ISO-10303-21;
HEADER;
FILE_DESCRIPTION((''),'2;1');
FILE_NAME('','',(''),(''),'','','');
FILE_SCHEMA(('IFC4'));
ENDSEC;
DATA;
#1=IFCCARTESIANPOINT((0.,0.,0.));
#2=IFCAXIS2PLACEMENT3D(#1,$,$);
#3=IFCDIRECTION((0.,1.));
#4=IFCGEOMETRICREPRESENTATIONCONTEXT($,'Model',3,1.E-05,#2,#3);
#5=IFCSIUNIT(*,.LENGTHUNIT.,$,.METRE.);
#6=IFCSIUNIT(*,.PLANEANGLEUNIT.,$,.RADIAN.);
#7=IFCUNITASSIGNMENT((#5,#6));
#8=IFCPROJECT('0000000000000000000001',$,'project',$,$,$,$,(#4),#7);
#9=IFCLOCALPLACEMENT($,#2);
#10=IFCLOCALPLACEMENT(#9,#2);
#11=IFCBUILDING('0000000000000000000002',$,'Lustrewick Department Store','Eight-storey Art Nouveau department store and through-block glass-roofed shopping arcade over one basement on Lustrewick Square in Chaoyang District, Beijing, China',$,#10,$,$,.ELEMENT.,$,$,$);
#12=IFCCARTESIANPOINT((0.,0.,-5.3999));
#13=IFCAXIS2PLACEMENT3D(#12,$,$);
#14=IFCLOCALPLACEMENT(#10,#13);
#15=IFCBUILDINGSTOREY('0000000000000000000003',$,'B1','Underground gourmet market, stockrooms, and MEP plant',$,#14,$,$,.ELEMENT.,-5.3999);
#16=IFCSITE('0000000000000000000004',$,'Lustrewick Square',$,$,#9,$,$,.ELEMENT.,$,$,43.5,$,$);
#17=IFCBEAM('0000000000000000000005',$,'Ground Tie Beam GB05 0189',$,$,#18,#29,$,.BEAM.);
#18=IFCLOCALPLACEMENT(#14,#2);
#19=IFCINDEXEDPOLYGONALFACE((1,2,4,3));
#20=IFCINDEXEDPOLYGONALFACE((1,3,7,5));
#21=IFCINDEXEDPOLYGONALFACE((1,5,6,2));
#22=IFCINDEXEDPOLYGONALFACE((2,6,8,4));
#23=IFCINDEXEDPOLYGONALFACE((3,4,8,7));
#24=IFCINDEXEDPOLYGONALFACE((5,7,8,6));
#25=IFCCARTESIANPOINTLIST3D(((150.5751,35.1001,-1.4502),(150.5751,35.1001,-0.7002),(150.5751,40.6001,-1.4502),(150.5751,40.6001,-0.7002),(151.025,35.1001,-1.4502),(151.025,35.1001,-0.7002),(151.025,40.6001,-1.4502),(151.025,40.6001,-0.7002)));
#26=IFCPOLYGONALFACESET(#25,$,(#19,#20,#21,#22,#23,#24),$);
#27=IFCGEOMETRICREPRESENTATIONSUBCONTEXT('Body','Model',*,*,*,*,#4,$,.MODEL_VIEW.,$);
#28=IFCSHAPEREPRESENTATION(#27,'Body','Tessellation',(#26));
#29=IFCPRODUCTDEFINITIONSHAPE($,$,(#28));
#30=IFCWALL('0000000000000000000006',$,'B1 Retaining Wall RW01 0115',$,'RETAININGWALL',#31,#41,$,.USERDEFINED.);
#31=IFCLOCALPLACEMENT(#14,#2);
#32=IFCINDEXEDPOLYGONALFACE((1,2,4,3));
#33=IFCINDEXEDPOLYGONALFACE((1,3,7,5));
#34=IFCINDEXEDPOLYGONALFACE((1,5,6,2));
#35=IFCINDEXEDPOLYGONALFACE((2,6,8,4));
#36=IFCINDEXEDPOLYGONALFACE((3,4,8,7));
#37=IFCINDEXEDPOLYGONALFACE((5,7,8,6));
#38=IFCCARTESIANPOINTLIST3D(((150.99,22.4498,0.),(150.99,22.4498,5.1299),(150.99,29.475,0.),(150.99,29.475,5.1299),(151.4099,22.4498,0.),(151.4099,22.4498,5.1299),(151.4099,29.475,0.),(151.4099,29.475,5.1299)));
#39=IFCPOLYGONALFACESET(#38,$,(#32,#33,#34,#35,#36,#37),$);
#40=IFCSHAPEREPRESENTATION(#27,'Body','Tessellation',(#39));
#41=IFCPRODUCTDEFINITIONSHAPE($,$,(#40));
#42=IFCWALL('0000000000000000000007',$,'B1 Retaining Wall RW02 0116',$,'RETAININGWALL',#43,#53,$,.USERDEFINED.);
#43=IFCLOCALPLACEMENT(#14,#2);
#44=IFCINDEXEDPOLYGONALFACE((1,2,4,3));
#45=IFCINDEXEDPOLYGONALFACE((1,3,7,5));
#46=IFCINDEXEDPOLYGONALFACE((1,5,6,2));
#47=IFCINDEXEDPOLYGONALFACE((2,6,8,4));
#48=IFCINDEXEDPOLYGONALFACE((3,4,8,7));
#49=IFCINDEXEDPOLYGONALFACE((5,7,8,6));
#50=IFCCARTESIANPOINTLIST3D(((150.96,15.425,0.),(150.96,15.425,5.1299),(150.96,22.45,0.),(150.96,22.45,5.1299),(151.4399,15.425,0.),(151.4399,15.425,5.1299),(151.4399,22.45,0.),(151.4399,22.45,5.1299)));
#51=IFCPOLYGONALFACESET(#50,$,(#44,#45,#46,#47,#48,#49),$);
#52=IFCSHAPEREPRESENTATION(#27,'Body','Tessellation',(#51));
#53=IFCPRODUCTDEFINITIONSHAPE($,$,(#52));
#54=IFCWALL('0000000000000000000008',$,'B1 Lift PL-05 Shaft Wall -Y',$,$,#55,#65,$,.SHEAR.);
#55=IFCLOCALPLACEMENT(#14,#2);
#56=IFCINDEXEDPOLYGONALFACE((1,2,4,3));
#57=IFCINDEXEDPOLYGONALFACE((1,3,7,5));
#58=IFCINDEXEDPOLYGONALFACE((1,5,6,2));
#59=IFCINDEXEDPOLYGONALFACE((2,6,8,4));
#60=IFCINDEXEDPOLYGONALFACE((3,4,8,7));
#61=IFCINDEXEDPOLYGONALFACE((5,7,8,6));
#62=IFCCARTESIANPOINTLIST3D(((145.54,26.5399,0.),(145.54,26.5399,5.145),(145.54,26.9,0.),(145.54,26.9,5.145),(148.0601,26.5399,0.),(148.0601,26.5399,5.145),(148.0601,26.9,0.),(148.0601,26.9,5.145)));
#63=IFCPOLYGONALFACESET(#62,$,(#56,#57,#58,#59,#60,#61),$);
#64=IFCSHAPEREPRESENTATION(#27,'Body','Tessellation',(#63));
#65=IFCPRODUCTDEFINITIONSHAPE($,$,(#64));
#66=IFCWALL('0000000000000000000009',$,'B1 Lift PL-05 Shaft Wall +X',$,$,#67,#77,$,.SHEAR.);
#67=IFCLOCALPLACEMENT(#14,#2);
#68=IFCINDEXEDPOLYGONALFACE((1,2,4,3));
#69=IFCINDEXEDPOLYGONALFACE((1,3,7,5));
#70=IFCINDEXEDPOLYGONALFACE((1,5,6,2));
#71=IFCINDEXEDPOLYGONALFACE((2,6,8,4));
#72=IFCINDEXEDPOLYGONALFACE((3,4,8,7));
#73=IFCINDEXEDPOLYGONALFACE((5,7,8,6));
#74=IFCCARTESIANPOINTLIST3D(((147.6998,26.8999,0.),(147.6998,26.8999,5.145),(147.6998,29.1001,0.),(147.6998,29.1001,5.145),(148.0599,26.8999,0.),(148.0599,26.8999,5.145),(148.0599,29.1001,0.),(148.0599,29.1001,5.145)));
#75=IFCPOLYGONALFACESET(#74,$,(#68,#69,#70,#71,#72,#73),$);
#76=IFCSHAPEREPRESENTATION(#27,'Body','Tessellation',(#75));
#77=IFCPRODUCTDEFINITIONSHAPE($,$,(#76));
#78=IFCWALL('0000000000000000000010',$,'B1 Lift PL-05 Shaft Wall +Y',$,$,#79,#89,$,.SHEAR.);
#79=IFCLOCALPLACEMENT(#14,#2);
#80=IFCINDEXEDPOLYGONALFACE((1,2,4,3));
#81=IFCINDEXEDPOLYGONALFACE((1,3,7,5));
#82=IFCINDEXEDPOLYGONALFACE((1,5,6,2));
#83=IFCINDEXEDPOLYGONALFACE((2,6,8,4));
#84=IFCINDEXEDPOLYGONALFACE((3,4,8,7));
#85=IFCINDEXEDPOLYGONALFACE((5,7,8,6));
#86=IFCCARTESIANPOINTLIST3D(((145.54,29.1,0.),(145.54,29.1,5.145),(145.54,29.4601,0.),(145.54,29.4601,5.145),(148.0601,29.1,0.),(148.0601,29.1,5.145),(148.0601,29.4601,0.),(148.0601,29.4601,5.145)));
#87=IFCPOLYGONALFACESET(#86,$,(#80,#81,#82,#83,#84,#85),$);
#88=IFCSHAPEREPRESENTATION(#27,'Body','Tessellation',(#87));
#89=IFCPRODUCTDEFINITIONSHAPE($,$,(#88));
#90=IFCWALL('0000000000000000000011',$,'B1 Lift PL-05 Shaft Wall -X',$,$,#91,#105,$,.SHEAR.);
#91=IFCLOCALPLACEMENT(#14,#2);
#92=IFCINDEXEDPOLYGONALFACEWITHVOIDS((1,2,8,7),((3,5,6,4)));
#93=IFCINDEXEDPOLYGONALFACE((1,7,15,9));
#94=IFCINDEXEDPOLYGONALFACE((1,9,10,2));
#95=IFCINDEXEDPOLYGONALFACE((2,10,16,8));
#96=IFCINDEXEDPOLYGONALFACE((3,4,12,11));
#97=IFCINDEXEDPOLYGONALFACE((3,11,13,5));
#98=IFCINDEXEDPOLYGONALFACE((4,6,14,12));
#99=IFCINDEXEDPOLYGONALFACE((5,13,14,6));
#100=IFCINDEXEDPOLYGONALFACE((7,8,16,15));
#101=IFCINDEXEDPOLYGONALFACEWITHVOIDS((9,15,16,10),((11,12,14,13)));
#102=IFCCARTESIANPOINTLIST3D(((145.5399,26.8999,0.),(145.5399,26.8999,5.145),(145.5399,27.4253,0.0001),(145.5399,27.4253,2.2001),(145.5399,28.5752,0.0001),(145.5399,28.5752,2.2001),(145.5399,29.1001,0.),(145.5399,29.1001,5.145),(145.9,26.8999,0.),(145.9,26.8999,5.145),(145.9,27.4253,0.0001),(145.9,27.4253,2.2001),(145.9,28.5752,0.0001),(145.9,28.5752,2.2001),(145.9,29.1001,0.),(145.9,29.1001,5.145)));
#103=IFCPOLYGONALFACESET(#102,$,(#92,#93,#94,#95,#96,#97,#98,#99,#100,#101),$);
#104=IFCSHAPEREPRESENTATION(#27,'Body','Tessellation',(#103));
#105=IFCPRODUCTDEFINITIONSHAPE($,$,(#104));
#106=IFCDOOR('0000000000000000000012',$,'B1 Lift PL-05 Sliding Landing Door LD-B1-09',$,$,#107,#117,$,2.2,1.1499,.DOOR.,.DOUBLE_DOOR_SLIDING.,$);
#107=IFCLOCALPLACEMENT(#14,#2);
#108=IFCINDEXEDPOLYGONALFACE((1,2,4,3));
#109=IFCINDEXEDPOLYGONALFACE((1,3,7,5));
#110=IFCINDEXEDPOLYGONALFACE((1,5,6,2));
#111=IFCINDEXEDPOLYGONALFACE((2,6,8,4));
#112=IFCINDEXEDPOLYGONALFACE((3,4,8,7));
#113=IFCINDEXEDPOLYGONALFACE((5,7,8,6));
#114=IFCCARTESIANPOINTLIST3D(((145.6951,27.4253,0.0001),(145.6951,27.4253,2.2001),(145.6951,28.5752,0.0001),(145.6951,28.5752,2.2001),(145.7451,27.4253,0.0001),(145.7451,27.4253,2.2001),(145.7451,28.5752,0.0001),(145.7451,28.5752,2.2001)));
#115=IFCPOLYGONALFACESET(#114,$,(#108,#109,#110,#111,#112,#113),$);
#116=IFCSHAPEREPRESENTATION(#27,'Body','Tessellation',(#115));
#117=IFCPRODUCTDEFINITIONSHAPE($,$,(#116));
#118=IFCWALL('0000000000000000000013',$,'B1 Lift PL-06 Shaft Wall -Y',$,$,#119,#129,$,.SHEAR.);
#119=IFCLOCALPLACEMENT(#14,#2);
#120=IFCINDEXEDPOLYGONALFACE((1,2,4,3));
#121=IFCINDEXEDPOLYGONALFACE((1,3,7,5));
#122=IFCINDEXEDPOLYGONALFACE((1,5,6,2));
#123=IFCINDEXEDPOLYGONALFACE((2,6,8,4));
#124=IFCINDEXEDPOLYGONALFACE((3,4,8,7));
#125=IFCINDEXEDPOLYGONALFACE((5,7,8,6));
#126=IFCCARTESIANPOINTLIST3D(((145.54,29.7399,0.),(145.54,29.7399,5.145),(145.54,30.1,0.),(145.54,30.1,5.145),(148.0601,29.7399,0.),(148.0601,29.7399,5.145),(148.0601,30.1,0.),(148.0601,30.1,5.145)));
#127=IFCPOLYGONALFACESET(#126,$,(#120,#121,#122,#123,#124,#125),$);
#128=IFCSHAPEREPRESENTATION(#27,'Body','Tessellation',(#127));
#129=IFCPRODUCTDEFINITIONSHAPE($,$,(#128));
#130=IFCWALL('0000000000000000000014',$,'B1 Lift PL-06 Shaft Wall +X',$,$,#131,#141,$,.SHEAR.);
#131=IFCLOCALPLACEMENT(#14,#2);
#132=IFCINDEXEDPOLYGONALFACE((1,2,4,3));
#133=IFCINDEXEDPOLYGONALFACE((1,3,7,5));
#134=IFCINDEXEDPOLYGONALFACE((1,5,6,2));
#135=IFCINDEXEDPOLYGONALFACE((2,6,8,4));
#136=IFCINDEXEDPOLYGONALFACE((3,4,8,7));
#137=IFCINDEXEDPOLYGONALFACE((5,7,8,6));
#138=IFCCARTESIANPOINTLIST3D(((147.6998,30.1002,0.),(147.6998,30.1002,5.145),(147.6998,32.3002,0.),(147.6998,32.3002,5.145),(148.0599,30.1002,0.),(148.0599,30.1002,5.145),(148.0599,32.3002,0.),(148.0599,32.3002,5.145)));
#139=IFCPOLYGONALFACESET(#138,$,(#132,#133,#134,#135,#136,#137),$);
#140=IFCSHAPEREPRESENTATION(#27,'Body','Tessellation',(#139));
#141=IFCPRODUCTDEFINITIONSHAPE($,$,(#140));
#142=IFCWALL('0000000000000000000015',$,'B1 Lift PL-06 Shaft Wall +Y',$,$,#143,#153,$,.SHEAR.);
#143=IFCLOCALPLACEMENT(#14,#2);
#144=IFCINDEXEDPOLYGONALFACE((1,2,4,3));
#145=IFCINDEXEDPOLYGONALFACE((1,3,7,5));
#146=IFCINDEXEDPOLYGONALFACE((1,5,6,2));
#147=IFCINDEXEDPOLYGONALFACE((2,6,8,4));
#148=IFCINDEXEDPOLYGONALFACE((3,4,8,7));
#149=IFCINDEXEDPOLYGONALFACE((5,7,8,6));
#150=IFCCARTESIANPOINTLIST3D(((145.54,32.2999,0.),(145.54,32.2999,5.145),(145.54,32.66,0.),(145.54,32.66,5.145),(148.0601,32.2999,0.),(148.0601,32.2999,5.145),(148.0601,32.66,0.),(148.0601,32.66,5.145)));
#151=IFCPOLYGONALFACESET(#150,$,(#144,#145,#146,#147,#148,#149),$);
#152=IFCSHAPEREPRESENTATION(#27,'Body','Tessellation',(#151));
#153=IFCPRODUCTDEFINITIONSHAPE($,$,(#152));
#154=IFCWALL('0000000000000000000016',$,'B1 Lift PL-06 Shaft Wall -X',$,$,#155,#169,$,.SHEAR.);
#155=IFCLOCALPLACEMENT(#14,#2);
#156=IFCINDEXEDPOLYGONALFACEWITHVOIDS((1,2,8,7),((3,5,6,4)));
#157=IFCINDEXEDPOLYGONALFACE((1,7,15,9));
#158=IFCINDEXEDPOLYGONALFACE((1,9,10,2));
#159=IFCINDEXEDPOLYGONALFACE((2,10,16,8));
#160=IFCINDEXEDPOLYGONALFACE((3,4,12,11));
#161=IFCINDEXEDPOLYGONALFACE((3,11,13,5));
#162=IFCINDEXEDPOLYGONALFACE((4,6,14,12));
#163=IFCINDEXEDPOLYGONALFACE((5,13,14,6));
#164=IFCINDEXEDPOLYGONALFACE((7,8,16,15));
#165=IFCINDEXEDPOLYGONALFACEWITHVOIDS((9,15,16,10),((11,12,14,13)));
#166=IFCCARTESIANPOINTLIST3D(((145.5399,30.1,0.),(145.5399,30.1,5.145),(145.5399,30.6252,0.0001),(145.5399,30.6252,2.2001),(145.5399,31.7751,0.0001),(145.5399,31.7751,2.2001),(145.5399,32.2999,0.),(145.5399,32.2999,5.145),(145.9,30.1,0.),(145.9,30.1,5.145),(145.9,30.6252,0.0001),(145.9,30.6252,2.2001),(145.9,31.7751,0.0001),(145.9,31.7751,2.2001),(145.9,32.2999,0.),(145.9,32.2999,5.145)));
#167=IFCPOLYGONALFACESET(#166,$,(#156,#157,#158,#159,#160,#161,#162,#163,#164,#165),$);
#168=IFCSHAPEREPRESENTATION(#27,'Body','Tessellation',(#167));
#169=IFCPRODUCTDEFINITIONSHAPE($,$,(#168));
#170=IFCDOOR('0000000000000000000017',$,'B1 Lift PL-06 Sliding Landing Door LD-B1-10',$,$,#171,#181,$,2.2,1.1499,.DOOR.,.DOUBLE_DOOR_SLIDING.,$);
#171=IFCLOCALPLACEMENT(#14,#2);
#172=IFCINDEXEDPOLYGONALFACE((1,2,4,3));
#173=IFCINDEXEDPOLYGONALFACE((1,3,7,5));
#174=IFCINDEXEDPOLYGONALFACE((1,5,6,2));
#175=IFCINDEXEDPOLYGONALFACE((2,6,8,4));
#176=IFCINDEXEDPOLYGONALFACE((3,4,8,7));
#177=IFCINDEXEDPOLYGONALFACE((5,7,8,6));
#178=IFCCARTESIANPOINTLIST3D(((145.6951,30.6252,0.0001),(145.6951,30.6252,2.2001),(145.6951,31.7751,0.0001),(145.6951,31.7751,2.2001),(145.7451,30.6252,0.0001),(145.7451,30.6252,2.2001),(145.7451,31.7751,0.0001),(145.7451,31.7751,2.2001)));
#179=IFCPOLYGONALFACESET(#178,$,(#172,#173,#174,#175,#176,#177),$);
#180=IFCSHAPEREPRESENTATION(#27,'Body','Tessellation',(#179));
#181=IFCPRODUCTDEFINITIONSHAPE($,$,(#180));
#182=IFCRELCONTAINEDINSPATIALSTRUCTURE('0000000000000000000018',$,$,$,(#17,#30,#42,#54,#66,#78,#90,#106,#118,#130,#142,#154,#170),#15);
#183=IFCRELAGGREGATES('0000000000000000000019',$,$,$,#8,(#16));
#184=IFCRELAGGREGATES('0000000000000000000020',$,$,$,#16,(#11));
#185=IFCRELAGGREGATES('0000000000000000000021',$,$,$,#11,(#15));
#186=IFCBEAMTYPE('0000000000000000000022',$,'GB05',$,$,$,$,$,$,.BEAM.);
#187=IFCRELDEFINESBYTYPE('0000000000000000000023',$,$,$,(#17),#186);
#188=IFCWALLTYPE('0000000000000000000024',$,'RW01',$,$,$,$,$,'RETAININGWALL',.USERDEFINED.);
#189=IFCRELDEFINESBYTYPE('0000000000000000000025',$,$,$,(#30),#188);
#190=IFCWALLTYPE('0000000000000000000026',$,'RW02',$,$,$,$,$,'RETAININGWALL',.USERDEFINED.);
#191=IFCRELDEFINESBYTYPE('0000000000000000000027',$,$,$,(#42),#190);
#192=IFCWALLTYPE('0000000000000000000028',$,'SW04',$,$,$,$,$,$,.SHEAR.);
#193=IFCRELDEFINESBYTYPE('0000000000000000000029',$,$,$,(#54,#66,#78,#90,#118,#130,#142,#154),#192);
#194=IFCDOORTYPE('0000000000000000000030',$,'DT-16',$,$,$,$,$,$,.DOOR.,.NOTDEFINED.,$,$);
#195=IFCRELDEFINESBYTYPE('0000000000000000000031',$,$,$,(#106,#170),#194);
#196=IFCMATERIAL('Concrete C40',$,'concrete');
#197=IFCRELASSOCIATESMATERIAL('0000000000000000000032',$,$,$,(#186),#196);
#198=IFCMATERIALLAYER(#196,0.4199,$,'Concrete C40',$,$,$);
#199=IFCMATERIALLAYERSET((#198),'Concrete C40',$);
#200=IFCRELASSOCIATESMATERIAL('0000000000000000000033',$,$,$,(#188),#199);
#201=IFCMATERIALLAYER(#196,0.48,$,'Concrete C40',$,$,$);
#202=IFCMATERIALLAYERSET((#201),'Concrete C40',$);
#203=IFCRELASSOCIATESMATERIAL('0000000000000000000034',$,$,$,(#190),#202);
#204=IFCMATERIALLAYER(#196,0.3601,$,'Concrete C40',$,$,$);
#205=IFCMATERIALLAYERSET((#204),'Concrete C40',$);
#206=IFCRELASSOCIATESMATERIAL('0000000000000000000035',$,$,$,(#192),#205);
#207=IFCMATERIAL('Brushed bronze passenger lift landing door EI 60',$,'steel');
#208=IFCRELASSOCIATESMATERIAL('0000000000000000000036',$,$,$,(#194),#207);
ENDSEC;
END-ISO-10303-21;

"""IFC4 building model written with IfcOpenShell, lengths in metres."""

from ifc_helpers import new_model, si_unit, direction, frame, frame_2d, origin, origin_2d, place, context, subcontext, project, spatial, rectangle, extrude, material, layer, layer_set, material_profile, profile_set, type_object, element, fill, save


model = new_model("IFC4")

# Units and contexts
model_context = context("Model", 3, precision=1e-05, world=origin(), true_north=direction((0.0, 1.0)))
body_context = subcontext(model_context, "Body", "Model", "MODEL_VIEW")
ifc_project = project(units=[si_unit("LENGTHUNIT", "METRE"), si_unit("PLANEANGLEUNIT", "RADIAN")], contexts=[model_context])

# Site, building, storey
site_placement = place(None, origin())
site = spatial("IfcSite", under=ifc_project, at=site_placement, Name="Lustrewick Square", CompositionType="ELEMENT", RefElevation=43.5)
building_placement = place(site_placement, origin())
building = spatial("IfcBuilding", under=site, at=building_placement, Name="Lustrewick Department Store", Description="Eight-storey Art Nouveau department store and through-block glass-roofed shopping arcade over one basement on Lustrewick Square in Chaoyang District, Beijing, China", CompositionType="ELEMENT")
storey_placement = place(building_placement, frame((0.0, 0.0, -5.3999)))
storey = spatial("IfcBuildingStorey", under=building, at=storey_placement, Name="B1", Description="Underground gourmet market, stockrooms, and MEP plant", CompositionType="ELEMENT", Elevation=-5.3999)

# Shared definitions
ifc_material_1 = material(Name="Concrete C40", Category="concrete")

# Beam
ifc_material_profile_1 = material_profile(ifc_material_1, rectangle(XDim=0.45, YDim=0.75, at=origin_2d()), Name="RC 450x750")
ifc_profile_set_1 = profile_set([ifc_material_profile_1], Name="Concrete C40")
beam_type_1 = type_object("IfcBeamType", Name="GB05", PredefinedType="BEAM", material=ifc_profile_set_1)
beam_1_placement = place(storey_placement, frame((150.8, 35.1001, -1.0752), z_axis=(0.0, 1.0, 0.0), x_axis=(-1.0, 0.0, 0.0)))
element("IfcBeam", 1, at=beam_1_placement, inside=storey, type_object=beam_type_1, Name="Ground Tie Beam GB05 0189", PredefinedType="BEAM", context=body_context, shape_type="SweptSolid", body=[
    extrude(rectangle(XDim=0.45, YDim=0.75, at=origin_2d()), origin(), (0.0, 0.0, 1.0), 5.5),
])

# Walls
ifc_layer_1 = layer(ifc_material_1, 0.4199, Name="Concrete C40")
ifc_layer_set_1 = layer_set([ifc_layer_1], Name="Concrete C40")
wall_type_1 = type_object("IfcWallType", Name="RW01", ElementType="RETAININGWALL", PredefinedType="USERDEFINED", material=ifc_layer_set_1)
wall_1_placement = place(storey_placement, frame((151.2, 29.4751, 0.0), z_axis=(0.0, 0.0, 1.0), x_axis=(0.0, -1.0, 0.0)))
element("IfcWall", 2, at=wall_1_placement, inside=storey, type_object=wall_type_1, Name="B1 Retaining Wall RW01 0115", ObjectType="RETAININGWALL", PredefinedType="USERDEFINED", context=body_context, shape_type="SweptSolid", body=[
    extrude(rectangle(XDim=7.0251, YDim=0.4199, at=frame_2d((3.5127, 0.0))), origin(), (0.0, 0.0, 1.0), 5.1299),
])
ifc_layer_2 = layer(ifc_material_1, 0.48, Name="Concrete C40")
ifc_layer_set_2 = layer_set([ifc_layer_2], Name="Concrete C40")
wall_type_2 = type_object("IfcWallType", Name="RW02", ElementType="RETAININGWALL", PredefinedType="USERDEFINED", material=ifc_layer_set_2)
wall_2_placement = place(storey_placement, frame((151.2, 22.45, 0.0), z_axis=(0.0, 0.0, 1.0), x_axis=(0.0, -1.0, 0.0)))
element("IfcWall", 3, at=wall_2_placement, inside=storey, type_object=wall_type_2, Name="B1 Retaining Wall RW02 0116", ObjectType="RETAININGWALL", PredefinedType="USERDEFINED", context=body_context, shape_type="SweptSolid", body=[
    extrude(rectangle(XDim=7.0249, YDim=0.48, at=frame_2d((3.5125, 0.0))), origin(), (0.0, 0.0, 1.0), 5.1299),
])
ifc_layer_3 = layer(ifc_material_1, 0.3601, Name="Concrete C40")
ifc_layer_set_3 = layer_set([ifc_layer_3], Name="Concrete C40")
wall_type_3 = type_object("IfcWallType", Name="SW04", PredefinedType="SHEAR", material=ifc_layer_set_3)
wall_3_placement = place(storey_placement, frame((145.54, 26.72, 0.0), z_axis=(0.0, 0.0, 1.0), x_axis=(1.0, 0.0, 0.0)))
element("IfcWall", 4, at=wall_3_placement, inside=storey, type_object=wall_type_3, Name="B1 Lift PL-05 Shaft Wall -Y", PredefinedType="SHEAR", context=body_context, shape_type="SweptSolid", body=[
    extrude(rectangle(XDim=2.52, YDim=0.3601, at=frame_2d((1.26, 0.0))), origin(), (0.0, 0.0, 1.0), 5.145),
])
wall_4_placement = place(storey_placement, frame((147.8799, 26.8999, 0.0), z_axis=(0.0, 0.0, 1.0), x_axis=(0.0, 1.0, 0.0)))
element("IfcWall", 5, at=wall_4_placement, inside=storey, type_object=wall_type_3, Name="B1 Lift PL-05 Shaft Wall +X", PredefinedType="SHEAR", context=body_context, shape_type="SweptSolid", body=[
    extrude(rectangle(XDim=2.2002, YDim=0.3601, at=frame_2d((1.1001, 0.0))), origin(), (0.0, 0.0, 1.0), 5.145),
])
wall_5_placement = place(storey_placement, frame((148.0601, 29.28, 0.0), z_axis=(0.0, 0.0, 1.0), x_axis=(-1.0, 0.0, 0.0)))
element("IfcWall", 6, at=wall_5_placement, inside=storey, type_object=wall_type_3, Name="B1 Lift PL-05 Shaft Wall +Y", PredefinedType="SHEAR", context=body_context, shape_type="SweptSolid", body=[
    extrude(rectangle(XDim=2.52, YDim=0.3601, at=frame_2d((1.26, 0.0))), origin(), (0.0, 0.0, 1.0), 5.145),
])

# Wall, opening, door
wall_6_placement = place(storey_placement, frame((145.72, 29.1001, 0.0), z_axis=(0.0, 0.0, 1.0), x_axis=(0.0, -1.0, 0.0)))
wall_6 = element("IfcWall", 7, at=wall_6_placement, inside=storey, type_object=wall_type_3, Name="B1 Lift PL-05 Shaft Wall -X", PredefinedType="SHEAR", context=body_context, shape_type="SweptSolid", body=[
    extrude(rectangle(XDim=2.2002, YDim=0.3601, at=frame_2d((1.1001, 0.0))), origin(), (0.0, 0.0, 1.0), 5.145),
])
opening_1_placement = place(wall_6_placement, frame((0.5249, 0.0, 0.0)))
opening_1 = element("IfcOpeningElement", 8, at=opening_1_placement, cuts=wall_6, PredefinedType="OPENING", context=body_context, shape_type="SweptSolid", body=[
    extrude(rectangle(XDim=1.1499, YDim=2.2, at=frame_2d((0.575, 1.1001))), frame((0.0, 0.1899, 0.0), z_axis=(0.0, -1.0, 0.0), x_axis=(1.0, 0.0, 0.0)), (0.0, 0.0, 1.0), 0.3801),
])
ifc_material_2 = material(Name="Brushed bronze passenger lift landing door EI 60", Category="steel")
door_type = type_object("IfcDoorType", Name="DT-16", OperationType="NOTDEFINED", PredefinedType="DOOR", material=ifc_material_2)
door_1_placement = place(opening_1_placement, frame((1.1499, 0.0, 0.0), z_axis=(0.0, 0.0, 1.0), x_axis=(-1.0, 0.0, 0.0)))
door_1 = element("IfcDoor", 9, at=door_1_placement, inside=storey, type_object=door_type, Name="B1 Lift PL-05 Sliding Landing Door LD-B1-09", OperationType="DOUBLE_DOOR_SLIDING", OverallHeight=2.2, OverallWidth=1.1499, PredefinedType="DOOR", context=body_context, shape_type="SweptSolid", body=[
    extrude(rectangle(XDim=1.1499, YDim=2.2, at=frame_2d((0.575, 1.1001))), frame((0.0, 0.0249, 0.0), z_axis=(0.0, -1.0, 0.0), x_axis=(1.0, 0.0, 0.0)), (0.0, 0.0, 1.0), 0.05),
])
fill(opening_1, door_1)

# Walls
wall_7_placement = place(storey_placement, frame((145.54, 29.9199, 0.0), z_axis=(0.0, 0.0, 1.0), x_axis=(1.0, 0.0, 0.0)))
element("IfcWall", 10, at=wall_7_placement, inside=storey, type_object=wall_type_3, Name="B1 Lift PL-06 Shaft Wall -Y", PredefinedType="SHEAR", context=body_context, shape_type="SweptSolid", body=[
    extrude(rectangle(XDim=2.52, YDim=0.3601, at=frame_2d((1.26, 0.0))), origin(), (0.0, 0.0, 1.0), 5.145),
])
wall_8_placement = place(storey_placement, frame((147.8799, 30.1001, 0.0), z_axis=(0.0, 0.0, 1.0), x_axis=(0.0, 1.0, 0.0)))
element("IfcWall", 11, at=wall_8_placement, inside=storey, type_object=wall_type_3, Name="B1 Lift PL-06 Shaft Wall +X", PredefinedType="SHEAR", context=body_context, shape_type="SweptSolid", body=[
    extrude(rectangle(XDim=2.2, YDim=0.3601, at=frame_2d((1.1001, 0.0))), origin(), (0.0, 0.0, 1.0), 5.145),
])
wall_9_placement = place(storey_placement, frame((148.0601, 32.48, 0.0), z_axis=(0.0, 0.0, 1.0), x_axis=(-1.0, 0.0, 0.0)))
element("IfcWall", 12, at=wall_9_placement, inside=storey, type_object=wall_type_3, Name="B1 Lift PL-06 Shaft Wall +Y", PredefinedType="SHEAR", context=body_context, shape_type="SweptSolid", body=[
    extrude(rectangle(XDim=2.52, YDim=0.3601, at=frame_2d((1.26, 0.0))), origin(), (0.0, 0.0, 1.0), 5.145),
])

# Wall, opening, door
wall_10_placement = place(storey_placement, frame((145.72, 32.3, 0.0), z_axis=(0.0, 0.0, 1.0), x_axis=(0.0, -1.0, 0.0)))
wall_10 = element("IfcWall", 13, at=wall_10_placement, inside=storey, type_object=wall_type_3, Name="B1 Lift PL-06 Shaft Wall -X", PredefinedType="SHEAR", context=body_context, shape_type="SweptSolid", body=[
    extrude(rectangle(XDim=2.2, YDim=0.3601, at=frame_2d((1.1001, 0.0))), origin(), (0.0, 0.0, 1.0), 5.145),
])
opening_2_placement = place(wall_10_placement, frame((0.5249, 0.0, 0.0)))
opening_2 = element("IfcOpeningElement", 14, at=opening_2_placement, cuts=wall_10, PredefinedType="OPENING", context=body_context, shape_type="SweptSolid", body=[
    extrude(rectangle(XDim=1.1499, YDim=2.2, at=frame_2d((0.575, 1.1001))), frame((0.0, 0.1899, 0.0), z_axis=(0.0, -1.0, 0.0), x_axis=(1.0, 0.0, 0.0)), (0.0, 0.0, 1.0), 0.3801),
])
door_2_placement = place(opening_2_placement, frame((1.1499, 0.0, 0.0), z_axis=(0.0, 0.0, 1.0), x_axis=(-1.0, 0.0, 0.0)))
door_2 = element("IfcDoor", 15, at=door_2_placement, inside=storey, type_object=door_type, Name="B1 Lift PL-06 Sliding Landing Door LD-B1-10", OperationType="DOUBLE_DOOR_SLIDING", OverallHeight=2.2, OverallWidth=1.1499, PredefinedType="DOOR", context=body_context, shape_type="SweptSolid", body=[
    extrude(rectangle(XDim=1.1499, YDim=2.2, at=frame_2d((0.575, 1.1001))), frame((0.0, 0.0249, 0.0), z_axis=(0.0, -1.0, 0.0), x_axis=(1.0, 0.0, 0.0)), (0.0, 0.0, 1.0), 0.05),
])
fill(opening_2, door_2)

save(model, "model.ifc")
